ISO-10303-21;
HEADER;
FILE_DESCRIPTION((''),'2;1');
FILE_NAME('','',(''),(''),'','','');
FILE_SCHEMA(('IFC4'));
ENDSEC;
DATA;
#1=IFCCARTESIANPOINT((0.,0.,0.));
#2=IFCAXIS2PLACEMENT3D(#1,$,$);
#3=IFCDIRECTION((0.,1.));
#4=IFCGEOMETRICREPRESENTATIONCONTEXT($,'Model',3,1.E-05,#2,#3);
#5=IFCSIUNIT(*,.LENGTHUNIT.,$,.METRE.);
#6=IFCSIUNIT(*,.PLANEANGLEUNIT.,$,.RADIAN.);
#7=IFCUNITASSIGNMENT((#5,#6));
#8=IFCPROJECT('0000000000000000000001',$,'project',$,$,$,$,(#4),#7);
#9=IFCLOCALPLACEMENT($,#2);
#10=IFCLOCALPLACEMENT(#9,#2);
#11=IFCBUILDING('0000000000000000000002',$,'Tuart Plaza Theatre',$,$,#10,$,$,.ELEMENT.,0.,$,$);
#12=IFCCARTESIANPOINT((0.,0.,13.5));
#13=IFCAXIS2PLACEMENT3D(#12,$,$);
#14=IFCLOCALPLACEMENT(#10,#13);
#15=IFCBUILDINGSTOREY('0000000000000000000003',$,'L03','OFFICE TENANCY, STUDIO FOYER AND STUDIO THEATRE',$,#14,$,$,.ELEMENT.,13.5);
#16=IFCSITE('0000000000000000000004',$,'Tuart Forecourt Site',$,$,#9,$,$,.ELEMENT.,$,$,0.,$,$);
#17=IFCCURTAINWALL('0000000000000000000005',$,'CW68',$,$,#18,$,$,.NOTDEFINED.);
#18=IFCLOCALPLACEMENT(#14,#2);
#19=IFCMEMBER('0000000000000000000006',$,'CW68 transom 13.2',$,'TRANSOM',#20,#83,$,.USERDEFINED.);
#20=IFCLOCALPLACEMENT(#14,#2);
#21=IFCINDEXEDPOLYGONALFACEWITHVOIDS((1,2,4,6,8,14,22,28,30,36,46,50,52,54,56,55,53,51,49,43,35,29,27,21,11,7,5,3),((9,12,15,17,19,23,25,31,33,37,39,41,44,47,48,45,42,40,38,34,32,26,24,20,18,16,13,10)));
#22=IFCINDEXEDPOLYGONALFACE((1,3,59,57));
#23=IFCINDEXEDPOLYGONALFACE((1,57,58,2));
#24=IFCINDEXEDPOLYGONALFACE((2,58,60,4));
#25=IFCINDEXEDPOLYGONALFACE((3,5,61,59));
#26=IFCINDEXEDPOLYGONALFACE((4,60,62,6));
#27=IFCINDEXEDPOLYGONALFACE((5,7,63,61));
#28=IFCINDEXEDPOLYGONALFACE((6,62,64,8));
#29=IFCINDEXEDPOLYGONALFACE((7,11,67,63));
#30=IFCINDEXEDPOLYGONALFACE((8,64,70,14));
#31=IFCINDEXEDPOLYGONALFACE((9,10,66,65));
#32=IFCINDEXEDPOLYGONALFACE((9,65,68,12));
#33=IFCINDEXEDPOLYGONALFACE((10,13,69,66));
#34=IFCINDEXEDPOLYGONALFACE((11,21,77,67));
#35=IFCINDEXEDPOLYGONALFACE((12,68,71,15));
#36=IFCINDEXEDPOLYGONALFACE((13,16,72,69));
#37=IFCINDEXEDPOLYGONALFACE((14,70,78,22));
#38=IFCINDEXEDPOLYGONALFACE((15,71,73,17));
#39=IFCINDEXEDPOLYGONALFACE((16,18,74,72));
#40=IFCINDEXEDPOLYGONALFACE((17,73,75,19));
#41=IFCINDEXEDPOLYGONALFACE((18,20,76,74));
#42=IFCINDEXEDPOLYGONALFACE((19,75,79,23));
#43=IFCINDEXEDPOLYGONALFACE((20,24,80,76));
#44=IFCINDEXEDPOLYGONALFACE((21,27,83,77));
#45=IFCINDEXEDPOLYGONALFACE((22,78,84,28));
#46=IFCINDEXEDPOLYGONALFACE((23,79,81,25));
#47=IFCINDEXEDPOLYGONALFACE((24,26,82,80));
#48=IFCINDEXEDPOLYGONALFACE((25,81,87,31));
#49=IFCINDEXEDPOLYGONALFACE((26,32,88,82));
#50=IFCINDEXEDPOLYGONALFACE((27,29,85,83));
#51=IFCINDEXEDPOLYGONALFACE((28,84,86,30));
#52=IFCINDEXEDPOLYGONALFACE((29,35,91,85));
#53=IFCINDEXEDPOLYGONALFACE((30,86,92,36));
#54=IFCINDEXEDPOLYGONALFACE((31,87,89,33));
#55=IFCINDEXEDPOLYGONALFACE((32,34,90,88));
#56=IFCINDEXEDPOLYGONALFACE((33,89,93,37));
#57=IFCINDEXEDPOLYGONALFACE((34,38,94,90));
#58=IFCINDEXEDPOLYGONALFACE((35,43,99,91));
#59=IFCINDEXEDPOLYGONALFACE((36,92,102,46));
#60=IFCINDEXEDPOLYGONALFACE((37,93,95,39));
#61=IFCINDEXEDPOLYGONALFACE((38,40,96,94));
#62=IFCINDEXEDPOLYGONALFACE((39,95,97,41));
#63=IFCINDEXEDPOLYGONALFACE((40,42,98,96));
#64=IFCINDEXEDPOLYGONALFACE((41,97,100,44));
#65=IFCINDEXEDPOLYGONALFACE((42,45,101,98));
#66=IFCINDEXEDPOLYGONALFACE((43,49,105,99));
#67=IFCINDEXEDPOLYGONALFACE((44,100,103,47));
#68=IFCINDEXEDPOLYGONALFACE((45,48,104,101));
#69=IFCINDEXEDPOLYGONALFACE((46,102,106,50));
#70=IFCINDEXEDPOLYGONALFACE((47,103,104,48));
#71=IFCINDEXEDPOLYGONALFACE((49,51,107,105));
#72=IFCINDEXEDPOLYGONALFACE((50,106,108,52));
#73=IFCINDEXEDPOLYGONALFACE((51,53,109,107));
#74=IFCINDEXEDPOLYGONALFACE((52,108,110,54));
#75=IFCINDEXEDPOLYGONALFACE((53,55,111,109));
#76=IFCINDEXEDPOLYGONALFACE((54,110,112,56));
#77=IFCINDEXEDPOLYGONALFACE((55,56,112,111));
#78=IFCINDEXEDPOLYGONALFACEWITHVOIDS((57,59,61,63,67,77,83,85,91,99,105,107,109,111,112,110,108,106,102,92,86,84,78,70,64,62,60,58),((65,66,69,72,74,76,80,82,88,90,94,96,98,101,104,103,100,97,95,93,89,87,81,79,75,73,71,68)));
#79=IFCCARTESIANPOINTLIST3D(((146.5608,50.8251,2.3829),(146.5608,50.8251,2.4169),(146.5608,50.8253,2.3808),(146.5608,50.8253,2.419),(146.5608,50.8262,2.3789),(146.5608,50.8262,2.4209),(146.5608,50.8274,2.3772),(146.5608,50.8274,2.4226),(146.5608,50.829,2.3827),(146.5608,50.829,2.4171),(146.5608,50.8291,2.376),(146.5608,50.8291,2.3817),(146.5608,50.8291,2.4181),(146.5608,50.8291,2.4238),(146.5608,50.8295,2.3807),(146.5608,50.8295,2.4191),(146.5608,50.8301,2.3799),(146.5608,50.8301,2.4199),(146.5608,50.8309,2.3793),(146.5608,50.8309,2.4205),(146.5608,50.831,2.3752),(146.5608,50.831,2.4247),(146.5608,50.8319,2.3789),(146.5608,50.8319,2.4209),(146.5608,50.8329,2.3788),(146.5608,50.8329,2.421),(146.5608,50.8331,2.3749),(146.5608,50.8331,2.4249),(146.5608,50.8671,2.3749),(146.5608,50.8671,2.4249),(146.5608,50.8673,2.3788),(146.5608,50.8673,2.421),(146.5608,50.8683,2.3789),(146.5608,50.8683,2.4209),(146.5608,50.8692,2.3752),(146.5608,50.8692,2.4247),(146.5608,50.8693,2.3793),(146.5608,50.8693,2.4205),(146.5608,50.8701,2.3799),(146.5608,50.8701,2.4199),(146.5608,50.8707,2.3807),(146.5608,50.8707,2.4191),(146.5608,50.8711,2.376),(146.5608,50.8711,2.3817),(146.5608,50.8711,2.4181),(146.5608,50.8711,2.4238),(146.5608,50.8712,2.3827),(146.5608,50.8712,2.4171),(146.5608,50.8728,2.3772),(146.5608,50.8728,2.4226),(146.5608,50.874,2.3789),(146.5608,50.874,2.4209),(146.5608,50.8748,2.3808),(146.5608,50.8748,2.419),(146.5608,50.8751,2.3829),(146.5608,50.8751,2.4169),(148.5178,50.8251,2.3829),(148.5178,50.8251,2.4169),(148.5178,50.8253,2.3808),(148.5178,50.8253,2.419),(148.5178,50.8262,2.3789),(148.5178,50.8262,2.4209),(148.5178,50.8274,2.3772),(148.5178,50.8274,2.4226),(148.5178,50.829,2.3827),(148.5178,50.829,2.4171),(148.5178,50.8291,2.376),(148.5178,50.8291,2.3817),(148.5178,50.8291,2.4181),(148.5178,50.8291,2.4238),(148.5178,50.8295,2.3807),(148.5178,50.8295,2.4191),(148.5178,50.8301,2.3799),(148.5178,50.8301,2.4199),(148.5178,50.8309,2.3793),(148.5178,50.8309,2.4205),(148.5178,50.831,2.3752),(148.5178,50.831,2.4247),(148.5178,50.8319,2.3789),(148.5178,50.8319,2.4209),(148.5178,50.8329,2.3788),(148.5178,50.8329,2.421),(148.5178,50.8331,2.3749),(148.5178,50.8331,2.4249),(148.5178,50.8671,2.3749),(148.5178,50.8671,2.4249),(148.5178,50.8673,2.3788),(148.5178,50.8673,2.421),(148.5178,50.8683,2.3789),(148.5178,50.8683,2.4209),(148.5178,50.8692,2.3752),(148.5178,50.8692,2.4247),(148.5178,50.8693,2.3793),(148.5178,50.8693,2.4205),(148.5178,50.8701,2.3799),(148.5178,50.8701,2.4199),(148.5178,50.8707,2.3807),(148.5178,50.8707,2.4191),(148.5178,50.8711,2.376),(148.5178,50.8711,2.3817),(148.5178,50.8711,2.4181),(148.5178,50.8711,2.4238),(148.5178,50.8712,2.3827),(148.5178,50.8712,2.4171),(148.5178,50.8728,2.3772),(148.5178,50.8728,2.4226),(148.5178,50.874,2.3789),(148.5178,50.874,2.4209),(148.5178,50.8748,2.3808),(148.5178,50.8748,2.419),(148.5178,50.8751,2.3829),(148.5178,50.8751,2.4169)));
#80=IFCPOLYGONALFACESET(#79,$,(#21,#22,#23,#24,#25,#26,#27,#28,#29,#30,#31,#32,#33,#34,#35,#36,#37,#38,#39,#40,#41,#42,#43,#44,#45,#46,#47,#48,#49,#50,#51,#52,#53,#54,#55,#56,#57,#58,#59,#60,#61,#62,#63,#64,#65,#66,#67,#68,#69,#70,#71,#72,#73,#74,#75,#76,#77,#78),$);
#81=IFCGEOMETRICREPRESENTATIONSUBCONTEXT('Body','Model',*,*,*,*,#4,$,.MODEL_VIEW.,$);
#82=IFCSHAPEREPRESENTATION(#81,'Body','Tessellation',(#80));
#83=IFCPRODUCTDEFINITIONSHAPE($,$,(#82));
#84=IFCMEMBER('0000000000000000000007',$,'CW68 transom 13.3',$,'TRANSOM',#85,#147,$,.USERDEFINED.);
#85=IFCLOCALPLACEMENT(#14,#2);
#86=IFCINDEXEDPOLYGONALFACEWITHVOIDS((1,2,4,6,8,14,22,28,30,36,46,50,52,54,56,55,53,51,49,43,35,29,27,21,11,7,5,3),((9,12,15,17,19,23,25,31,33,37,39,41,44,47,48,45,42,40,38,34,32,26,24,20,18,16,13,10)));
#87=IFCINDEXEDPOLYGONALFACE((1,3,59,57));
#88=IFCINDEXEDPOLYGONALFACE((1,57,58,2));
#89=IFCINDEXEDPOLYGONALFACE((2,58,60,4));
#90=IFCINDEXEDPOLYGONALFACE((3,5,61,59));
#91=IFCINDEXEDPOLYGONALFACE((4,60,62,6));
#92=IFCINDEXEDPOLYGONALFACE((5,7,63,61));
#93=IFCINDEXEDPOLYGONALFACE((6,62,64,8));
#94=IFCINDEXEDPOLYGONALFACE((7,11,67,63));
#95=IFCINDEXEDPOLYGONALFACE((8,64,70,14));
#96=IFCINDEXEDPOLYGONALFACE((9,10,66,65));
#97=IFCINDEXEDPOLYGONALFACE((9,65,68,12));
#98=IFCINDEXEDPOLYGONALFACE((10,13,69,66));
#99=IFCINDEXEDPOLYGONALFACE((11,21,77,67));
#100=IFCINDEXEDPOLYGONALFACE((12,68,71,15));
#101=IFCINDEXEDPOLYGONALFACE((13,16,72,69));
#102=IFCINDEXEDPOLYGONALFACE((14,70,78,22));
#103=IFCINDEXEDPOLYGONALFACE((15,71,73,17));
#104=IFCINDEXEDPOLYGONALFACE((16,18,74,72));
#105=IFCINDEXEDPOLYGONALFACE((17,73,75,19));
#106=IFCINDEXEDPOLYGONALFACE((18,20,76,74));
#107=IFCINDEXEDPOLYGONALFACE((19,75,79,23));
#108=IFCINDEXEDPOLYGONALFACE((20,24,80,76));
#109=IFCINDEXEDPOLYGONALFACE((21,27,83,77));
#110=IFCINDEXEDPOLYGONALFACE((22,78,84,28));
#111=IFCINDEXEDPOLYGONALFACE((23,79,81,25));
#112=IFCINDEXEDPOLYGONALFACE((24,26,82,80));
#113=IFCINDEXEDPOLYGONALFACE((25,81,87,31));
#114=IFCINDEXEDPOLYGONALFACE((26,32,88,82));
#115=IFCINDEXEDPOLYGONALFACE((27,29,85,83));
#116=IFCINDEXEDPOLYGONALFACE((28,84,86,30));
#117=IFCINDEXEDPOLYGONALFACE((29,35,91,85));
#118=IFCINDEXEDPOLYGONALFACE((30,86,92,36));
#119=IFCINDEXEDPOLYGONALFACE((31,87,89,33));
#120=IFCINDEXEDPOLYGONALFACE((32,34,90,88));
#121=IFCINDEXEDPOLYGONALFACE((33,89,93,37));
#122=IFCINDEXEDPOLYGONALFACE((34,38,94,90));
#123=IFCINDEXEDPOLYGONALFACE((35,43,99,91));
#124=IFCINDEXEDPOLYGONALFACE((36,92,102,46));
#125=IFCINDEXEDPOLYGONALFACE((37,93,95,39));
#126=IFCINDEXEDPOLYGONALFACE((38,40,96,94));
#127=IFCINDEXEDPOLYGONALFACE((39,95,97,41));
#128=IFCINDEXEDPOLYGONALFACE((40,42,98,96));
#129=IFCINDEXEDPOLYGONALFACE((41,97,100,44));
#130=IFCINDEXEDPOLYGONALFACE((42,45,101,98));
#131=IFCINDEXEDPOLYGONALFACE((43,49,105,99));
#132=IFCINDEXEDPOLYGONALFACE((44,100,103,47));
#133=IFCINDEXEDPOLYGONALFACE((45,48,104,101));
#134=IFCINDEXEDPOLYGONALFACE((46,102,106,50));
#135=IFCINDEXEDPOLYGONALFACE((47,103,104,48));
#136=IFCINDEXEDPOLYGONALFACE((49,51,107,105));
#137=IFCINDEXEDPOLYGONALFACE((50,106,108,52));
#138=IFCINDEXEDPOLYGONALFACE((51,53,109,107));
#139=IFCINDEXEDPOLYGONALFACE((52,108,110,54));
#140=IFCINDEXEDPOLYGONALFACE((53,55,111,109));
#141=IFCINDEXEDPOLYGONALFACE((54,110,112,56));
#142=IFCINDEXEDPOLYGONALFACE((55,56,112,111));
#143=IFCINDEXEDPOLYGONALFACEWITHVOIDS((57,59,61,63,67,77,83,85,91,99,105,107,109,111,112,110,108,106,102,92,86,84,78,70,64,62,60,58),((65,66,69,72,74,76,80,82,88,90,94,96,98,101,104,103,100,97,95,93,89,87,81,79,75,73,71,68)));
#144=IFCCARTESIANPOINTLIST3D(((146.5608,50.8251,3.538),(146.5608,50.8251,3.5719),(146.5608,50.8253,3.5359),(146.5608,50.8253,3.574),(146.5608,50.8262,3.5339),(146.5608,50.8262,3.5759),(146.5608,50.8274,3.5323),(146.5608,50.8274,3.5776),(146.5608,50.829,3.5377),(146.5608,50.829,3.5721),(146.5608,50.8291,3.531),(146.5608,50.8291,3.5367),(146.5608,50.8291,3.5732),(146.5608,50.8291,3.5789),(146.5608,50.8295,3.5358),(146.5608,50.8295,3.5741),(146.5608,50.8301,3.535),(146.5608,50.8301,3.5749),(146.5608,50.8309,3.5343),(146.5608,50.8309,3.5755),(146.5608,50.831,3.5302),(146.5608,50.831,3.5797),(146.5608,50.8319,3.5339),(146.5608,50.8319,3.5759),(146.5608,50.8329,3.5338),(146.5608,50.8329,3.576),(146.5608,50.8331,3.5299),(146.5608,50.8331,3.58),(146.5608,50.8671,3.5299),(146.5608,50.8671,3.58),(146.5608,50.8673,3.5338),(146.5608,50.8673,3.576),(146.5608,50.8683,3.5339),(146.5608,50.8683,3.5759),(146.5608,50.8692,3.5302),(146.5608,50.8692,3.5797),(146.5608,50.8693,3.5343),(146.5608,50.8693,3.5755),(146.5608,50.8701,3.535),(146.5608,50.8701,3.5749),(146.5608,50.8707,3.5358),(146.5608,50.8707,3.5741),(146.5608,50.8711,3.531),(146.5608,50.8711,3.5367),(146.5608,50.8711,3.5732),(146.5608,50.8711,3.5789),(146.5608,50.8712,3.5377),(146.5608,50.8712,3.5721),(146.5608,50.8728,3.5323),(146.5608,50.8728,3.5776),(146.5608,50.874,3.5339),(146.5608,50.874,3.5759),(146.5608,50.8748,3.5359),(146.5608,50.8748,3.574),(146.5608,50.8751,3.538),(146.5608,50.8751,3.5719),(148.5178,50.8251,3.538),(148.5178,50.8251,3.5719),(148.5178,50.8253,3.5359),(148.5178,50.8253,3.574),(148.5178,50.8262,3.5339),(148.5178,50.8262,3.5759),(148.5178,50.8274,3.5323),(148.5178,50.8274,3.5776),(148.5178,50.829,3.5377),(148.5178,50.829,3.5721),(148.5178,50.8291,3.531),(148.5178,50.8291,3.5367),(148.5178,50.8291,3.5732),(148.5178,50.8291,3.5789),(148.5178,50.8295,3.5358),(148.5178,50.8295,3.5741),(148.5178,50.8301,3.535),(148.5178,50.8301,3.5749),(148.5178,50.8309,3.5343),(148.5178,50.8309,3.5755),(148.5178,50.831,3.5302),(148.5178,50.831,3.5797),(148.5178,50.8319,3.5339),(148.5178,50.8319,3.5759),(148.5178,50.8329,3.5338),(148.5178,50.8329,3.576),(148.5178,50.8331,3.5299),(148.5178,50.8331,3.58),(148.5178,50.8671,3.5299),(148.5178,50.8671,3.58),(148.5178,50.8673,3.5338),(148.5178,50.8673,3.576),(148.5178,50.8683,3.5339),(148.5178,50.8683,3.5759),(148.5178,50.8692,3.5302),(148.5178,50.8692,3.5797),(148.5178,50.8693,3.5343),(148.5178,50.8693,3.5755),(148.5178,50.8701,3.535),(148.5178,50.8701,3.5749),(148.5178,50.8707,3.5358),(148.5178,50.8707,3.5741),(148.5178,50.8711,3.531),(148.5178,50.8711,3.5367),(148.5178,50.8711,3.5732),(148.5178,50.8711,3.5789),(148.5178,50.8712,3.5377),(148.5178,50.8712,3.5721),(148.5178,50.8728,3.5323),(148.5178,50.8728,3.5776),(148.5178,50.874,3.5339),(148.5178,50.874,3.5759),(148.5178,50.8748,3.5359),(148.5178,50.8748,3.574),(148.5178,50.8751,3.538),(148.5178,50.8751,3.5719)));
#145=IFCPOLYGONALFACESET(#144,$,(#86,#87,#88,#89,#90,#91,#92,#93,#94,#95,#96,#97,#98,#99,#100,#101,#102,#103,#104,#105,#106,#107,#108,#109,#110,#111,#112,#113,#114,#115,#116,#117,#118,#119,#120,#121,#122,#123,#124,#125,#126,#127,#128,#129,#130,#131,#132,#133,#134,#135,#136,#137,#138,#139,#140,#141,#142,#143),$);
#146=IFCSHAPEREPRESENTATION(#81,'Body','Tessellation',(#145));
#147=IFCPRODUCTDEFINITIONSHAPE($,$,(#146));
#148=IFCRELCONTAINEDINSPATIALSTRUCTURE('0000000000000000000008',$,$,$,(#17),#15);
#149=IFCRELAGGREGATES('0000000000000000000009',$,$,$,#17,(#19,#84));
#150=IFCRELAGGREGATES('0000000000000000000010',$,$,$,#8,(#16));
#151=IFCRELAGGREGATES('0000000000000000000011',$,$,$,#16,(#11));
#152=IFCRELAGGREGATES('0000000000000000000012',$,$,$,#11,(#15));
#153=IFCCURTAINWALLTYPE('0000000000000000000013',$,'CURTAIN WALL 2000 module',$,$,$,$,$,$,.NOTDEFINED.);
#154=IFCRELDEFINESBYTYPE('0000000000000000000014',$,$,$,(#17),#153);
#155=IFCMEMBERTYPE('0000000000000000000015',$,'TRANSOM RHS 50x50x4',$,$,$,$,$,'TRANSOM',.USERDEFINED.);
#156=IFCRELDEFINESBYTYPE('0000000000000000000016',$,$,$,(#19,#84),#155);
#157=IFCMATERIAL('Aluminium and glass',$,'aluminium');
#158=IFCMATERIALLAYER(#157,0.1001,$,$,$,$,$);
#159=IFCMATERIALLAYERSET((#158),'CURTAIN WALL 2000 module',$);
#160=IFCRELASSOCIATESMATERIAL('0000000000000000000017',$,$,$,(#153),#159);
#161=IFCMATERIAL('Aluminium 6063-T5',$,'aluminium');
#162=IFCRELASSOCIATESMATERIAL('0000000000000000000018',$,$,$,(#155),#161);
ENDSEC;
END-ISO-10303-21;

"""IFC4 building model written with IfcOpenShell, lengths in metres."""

from ifc_helpers import new_model, si_unit, direction, frame, origin, origin_2d, place, context, subcontext, project, spatial, hollow_rectangle, extrude, material, layer, layer_set, material_profile, profile_set, type_object, element, aggregate, save


model = new_model("IFC4")

# Units and contexts
model_context = context("Model", 3, precision=1e-05, world=origin(), true_north=direction((0.0, 1.0)))
body_context = subcontext(model_context, "Body", "Model", "MODEL_VIEW")
ifc_project = project(units=[si_unit("LENGTHUNIT", "METRE"), si_unit("PLANEANGLEUNIT", "RADIAN")], contexts=[model_context])

# Site, building, storey
site_placement = place(None, origin())
site = spatial("IfcSite", under=ifc_project, at=site_placement, Name="Tuart Forecourt Site", CompositionType="ELEMENT", RefElevation=0.0)
building_placement = place(site_placement, origin())
building = spatial("IfcBuilding", under=site, at=building_placement, Name="Tuart Plaza Theatre", CompositionType="ELEMENT", ElevationOfRefHeight=0.0)
storey_placement = place(building_placement, frame((0.0, 0.0, 13.5)))
storey = spatial("IfcBuildingStorey", under=building, at=storey_placement, Name="L03", Description="OFFICE TENANCY, STUDIO FOYER AND STUDIO THEATRE", CompositionType="ELEMENT", Elevation=13.5)

# Curtain wall
ifc_material_1 = material(Name="Aluminium and glass", Category="aluminium")
ifc_layer_1 = layer(ifc_material_1, 0.1001)
ifc_layer_set_1 = layer_set([ifc_layer_1], Name="CURTAIN WALL 2000 module")
curtain_wall_type = type_object("IfcCurtainWallType", Name="CURTAIN WALL 2000 module", PredefinedType="NOTDEFINED", material=ifc_layer_set_1)
curtain_wall_1_placement = place(storey_placement, origin())
curtain_wall_1 = element("IfcCurtainWall", 1, at=curtain_wall_1_placement, inside=storey, type_object=curtain_wall_type, Name="CW68", PredefinedType="NOTDEFINED")

# Members
ifc_material_2 = material(Name="Aluminium 6063-T5", Category="aluminium")
ifc_material_profile_1 = material_profile(ifc_material_2, hollow_rectangle(XDim=0.05, YDim=0.05, WallThickness=0.0039, InnerFilletRadius=0.0039, OuterFilletRadius=0.0081, at=origin_2d()), Name="RHS 50x50x4")
ifc_profile_set_1 = profile_set([ifc_material_profile_1], Name="Aluminium 6063-T5")
member_type_1 = type_object("IfcMemberType", Name="TRANSOM RHS 50x50x4", ElementType="TRANSOM", PredefinedType="USERDEFINED", material=ifc_profile_set_1)
member_1_placement = place(storey_placement, frame((146.5608, 50.8501, 2.3999), z_axis=(1.0, 0.0, 0.0), x_axis=(0.0, 1.0, 0.0)))
member_1 = element("IfcMember", 2, at=member_1_placement, type_object=member_type_1, Name="CW68 transom 13.2", ObjectType="TRANSOM", PredefinedType="USERDEFINED", context=body_context, shape_type="SweptSolid", body=[
    extrude(hollow_rectangle(XDim=0.05, YDim=0.05, WallThickness=0.0039, InnerFilletRadius=0.0039, OuterFilletRadius=0.0081, at=origin_2d()), origin(), (0.0, 0.0, 1.0), 1.957),
])
member_2_placement = place(storey_placement, frame((146.5608, 50.8501, 3.5549), z_axis=(1.0, 0.0, 0.0), x_axis=(0.0, 1.0, 0.0)))
member_2 = element("IfcMember", 3, at=member_2_placement, type_object=member_type_1, Name="CW68 transom 13.3", ObjectType="TRANSOM", PredefinedType="USERDEFINED", context=body_context, shape_type="SweptSolid", body=[
    extrude(hollow_rectangle(XDim=0.05, YDim=0.05, WallThickness=0.0039, InnerFilletRadius=0.0039, OuterFilletRadius=0.0081, at=origin_2d()), origin(), (0.0, 0.0, 1.0), 1.957),
])

aggregate(curtain_wall_1, [member_1, member_2])

save(model, "model.ifc")
